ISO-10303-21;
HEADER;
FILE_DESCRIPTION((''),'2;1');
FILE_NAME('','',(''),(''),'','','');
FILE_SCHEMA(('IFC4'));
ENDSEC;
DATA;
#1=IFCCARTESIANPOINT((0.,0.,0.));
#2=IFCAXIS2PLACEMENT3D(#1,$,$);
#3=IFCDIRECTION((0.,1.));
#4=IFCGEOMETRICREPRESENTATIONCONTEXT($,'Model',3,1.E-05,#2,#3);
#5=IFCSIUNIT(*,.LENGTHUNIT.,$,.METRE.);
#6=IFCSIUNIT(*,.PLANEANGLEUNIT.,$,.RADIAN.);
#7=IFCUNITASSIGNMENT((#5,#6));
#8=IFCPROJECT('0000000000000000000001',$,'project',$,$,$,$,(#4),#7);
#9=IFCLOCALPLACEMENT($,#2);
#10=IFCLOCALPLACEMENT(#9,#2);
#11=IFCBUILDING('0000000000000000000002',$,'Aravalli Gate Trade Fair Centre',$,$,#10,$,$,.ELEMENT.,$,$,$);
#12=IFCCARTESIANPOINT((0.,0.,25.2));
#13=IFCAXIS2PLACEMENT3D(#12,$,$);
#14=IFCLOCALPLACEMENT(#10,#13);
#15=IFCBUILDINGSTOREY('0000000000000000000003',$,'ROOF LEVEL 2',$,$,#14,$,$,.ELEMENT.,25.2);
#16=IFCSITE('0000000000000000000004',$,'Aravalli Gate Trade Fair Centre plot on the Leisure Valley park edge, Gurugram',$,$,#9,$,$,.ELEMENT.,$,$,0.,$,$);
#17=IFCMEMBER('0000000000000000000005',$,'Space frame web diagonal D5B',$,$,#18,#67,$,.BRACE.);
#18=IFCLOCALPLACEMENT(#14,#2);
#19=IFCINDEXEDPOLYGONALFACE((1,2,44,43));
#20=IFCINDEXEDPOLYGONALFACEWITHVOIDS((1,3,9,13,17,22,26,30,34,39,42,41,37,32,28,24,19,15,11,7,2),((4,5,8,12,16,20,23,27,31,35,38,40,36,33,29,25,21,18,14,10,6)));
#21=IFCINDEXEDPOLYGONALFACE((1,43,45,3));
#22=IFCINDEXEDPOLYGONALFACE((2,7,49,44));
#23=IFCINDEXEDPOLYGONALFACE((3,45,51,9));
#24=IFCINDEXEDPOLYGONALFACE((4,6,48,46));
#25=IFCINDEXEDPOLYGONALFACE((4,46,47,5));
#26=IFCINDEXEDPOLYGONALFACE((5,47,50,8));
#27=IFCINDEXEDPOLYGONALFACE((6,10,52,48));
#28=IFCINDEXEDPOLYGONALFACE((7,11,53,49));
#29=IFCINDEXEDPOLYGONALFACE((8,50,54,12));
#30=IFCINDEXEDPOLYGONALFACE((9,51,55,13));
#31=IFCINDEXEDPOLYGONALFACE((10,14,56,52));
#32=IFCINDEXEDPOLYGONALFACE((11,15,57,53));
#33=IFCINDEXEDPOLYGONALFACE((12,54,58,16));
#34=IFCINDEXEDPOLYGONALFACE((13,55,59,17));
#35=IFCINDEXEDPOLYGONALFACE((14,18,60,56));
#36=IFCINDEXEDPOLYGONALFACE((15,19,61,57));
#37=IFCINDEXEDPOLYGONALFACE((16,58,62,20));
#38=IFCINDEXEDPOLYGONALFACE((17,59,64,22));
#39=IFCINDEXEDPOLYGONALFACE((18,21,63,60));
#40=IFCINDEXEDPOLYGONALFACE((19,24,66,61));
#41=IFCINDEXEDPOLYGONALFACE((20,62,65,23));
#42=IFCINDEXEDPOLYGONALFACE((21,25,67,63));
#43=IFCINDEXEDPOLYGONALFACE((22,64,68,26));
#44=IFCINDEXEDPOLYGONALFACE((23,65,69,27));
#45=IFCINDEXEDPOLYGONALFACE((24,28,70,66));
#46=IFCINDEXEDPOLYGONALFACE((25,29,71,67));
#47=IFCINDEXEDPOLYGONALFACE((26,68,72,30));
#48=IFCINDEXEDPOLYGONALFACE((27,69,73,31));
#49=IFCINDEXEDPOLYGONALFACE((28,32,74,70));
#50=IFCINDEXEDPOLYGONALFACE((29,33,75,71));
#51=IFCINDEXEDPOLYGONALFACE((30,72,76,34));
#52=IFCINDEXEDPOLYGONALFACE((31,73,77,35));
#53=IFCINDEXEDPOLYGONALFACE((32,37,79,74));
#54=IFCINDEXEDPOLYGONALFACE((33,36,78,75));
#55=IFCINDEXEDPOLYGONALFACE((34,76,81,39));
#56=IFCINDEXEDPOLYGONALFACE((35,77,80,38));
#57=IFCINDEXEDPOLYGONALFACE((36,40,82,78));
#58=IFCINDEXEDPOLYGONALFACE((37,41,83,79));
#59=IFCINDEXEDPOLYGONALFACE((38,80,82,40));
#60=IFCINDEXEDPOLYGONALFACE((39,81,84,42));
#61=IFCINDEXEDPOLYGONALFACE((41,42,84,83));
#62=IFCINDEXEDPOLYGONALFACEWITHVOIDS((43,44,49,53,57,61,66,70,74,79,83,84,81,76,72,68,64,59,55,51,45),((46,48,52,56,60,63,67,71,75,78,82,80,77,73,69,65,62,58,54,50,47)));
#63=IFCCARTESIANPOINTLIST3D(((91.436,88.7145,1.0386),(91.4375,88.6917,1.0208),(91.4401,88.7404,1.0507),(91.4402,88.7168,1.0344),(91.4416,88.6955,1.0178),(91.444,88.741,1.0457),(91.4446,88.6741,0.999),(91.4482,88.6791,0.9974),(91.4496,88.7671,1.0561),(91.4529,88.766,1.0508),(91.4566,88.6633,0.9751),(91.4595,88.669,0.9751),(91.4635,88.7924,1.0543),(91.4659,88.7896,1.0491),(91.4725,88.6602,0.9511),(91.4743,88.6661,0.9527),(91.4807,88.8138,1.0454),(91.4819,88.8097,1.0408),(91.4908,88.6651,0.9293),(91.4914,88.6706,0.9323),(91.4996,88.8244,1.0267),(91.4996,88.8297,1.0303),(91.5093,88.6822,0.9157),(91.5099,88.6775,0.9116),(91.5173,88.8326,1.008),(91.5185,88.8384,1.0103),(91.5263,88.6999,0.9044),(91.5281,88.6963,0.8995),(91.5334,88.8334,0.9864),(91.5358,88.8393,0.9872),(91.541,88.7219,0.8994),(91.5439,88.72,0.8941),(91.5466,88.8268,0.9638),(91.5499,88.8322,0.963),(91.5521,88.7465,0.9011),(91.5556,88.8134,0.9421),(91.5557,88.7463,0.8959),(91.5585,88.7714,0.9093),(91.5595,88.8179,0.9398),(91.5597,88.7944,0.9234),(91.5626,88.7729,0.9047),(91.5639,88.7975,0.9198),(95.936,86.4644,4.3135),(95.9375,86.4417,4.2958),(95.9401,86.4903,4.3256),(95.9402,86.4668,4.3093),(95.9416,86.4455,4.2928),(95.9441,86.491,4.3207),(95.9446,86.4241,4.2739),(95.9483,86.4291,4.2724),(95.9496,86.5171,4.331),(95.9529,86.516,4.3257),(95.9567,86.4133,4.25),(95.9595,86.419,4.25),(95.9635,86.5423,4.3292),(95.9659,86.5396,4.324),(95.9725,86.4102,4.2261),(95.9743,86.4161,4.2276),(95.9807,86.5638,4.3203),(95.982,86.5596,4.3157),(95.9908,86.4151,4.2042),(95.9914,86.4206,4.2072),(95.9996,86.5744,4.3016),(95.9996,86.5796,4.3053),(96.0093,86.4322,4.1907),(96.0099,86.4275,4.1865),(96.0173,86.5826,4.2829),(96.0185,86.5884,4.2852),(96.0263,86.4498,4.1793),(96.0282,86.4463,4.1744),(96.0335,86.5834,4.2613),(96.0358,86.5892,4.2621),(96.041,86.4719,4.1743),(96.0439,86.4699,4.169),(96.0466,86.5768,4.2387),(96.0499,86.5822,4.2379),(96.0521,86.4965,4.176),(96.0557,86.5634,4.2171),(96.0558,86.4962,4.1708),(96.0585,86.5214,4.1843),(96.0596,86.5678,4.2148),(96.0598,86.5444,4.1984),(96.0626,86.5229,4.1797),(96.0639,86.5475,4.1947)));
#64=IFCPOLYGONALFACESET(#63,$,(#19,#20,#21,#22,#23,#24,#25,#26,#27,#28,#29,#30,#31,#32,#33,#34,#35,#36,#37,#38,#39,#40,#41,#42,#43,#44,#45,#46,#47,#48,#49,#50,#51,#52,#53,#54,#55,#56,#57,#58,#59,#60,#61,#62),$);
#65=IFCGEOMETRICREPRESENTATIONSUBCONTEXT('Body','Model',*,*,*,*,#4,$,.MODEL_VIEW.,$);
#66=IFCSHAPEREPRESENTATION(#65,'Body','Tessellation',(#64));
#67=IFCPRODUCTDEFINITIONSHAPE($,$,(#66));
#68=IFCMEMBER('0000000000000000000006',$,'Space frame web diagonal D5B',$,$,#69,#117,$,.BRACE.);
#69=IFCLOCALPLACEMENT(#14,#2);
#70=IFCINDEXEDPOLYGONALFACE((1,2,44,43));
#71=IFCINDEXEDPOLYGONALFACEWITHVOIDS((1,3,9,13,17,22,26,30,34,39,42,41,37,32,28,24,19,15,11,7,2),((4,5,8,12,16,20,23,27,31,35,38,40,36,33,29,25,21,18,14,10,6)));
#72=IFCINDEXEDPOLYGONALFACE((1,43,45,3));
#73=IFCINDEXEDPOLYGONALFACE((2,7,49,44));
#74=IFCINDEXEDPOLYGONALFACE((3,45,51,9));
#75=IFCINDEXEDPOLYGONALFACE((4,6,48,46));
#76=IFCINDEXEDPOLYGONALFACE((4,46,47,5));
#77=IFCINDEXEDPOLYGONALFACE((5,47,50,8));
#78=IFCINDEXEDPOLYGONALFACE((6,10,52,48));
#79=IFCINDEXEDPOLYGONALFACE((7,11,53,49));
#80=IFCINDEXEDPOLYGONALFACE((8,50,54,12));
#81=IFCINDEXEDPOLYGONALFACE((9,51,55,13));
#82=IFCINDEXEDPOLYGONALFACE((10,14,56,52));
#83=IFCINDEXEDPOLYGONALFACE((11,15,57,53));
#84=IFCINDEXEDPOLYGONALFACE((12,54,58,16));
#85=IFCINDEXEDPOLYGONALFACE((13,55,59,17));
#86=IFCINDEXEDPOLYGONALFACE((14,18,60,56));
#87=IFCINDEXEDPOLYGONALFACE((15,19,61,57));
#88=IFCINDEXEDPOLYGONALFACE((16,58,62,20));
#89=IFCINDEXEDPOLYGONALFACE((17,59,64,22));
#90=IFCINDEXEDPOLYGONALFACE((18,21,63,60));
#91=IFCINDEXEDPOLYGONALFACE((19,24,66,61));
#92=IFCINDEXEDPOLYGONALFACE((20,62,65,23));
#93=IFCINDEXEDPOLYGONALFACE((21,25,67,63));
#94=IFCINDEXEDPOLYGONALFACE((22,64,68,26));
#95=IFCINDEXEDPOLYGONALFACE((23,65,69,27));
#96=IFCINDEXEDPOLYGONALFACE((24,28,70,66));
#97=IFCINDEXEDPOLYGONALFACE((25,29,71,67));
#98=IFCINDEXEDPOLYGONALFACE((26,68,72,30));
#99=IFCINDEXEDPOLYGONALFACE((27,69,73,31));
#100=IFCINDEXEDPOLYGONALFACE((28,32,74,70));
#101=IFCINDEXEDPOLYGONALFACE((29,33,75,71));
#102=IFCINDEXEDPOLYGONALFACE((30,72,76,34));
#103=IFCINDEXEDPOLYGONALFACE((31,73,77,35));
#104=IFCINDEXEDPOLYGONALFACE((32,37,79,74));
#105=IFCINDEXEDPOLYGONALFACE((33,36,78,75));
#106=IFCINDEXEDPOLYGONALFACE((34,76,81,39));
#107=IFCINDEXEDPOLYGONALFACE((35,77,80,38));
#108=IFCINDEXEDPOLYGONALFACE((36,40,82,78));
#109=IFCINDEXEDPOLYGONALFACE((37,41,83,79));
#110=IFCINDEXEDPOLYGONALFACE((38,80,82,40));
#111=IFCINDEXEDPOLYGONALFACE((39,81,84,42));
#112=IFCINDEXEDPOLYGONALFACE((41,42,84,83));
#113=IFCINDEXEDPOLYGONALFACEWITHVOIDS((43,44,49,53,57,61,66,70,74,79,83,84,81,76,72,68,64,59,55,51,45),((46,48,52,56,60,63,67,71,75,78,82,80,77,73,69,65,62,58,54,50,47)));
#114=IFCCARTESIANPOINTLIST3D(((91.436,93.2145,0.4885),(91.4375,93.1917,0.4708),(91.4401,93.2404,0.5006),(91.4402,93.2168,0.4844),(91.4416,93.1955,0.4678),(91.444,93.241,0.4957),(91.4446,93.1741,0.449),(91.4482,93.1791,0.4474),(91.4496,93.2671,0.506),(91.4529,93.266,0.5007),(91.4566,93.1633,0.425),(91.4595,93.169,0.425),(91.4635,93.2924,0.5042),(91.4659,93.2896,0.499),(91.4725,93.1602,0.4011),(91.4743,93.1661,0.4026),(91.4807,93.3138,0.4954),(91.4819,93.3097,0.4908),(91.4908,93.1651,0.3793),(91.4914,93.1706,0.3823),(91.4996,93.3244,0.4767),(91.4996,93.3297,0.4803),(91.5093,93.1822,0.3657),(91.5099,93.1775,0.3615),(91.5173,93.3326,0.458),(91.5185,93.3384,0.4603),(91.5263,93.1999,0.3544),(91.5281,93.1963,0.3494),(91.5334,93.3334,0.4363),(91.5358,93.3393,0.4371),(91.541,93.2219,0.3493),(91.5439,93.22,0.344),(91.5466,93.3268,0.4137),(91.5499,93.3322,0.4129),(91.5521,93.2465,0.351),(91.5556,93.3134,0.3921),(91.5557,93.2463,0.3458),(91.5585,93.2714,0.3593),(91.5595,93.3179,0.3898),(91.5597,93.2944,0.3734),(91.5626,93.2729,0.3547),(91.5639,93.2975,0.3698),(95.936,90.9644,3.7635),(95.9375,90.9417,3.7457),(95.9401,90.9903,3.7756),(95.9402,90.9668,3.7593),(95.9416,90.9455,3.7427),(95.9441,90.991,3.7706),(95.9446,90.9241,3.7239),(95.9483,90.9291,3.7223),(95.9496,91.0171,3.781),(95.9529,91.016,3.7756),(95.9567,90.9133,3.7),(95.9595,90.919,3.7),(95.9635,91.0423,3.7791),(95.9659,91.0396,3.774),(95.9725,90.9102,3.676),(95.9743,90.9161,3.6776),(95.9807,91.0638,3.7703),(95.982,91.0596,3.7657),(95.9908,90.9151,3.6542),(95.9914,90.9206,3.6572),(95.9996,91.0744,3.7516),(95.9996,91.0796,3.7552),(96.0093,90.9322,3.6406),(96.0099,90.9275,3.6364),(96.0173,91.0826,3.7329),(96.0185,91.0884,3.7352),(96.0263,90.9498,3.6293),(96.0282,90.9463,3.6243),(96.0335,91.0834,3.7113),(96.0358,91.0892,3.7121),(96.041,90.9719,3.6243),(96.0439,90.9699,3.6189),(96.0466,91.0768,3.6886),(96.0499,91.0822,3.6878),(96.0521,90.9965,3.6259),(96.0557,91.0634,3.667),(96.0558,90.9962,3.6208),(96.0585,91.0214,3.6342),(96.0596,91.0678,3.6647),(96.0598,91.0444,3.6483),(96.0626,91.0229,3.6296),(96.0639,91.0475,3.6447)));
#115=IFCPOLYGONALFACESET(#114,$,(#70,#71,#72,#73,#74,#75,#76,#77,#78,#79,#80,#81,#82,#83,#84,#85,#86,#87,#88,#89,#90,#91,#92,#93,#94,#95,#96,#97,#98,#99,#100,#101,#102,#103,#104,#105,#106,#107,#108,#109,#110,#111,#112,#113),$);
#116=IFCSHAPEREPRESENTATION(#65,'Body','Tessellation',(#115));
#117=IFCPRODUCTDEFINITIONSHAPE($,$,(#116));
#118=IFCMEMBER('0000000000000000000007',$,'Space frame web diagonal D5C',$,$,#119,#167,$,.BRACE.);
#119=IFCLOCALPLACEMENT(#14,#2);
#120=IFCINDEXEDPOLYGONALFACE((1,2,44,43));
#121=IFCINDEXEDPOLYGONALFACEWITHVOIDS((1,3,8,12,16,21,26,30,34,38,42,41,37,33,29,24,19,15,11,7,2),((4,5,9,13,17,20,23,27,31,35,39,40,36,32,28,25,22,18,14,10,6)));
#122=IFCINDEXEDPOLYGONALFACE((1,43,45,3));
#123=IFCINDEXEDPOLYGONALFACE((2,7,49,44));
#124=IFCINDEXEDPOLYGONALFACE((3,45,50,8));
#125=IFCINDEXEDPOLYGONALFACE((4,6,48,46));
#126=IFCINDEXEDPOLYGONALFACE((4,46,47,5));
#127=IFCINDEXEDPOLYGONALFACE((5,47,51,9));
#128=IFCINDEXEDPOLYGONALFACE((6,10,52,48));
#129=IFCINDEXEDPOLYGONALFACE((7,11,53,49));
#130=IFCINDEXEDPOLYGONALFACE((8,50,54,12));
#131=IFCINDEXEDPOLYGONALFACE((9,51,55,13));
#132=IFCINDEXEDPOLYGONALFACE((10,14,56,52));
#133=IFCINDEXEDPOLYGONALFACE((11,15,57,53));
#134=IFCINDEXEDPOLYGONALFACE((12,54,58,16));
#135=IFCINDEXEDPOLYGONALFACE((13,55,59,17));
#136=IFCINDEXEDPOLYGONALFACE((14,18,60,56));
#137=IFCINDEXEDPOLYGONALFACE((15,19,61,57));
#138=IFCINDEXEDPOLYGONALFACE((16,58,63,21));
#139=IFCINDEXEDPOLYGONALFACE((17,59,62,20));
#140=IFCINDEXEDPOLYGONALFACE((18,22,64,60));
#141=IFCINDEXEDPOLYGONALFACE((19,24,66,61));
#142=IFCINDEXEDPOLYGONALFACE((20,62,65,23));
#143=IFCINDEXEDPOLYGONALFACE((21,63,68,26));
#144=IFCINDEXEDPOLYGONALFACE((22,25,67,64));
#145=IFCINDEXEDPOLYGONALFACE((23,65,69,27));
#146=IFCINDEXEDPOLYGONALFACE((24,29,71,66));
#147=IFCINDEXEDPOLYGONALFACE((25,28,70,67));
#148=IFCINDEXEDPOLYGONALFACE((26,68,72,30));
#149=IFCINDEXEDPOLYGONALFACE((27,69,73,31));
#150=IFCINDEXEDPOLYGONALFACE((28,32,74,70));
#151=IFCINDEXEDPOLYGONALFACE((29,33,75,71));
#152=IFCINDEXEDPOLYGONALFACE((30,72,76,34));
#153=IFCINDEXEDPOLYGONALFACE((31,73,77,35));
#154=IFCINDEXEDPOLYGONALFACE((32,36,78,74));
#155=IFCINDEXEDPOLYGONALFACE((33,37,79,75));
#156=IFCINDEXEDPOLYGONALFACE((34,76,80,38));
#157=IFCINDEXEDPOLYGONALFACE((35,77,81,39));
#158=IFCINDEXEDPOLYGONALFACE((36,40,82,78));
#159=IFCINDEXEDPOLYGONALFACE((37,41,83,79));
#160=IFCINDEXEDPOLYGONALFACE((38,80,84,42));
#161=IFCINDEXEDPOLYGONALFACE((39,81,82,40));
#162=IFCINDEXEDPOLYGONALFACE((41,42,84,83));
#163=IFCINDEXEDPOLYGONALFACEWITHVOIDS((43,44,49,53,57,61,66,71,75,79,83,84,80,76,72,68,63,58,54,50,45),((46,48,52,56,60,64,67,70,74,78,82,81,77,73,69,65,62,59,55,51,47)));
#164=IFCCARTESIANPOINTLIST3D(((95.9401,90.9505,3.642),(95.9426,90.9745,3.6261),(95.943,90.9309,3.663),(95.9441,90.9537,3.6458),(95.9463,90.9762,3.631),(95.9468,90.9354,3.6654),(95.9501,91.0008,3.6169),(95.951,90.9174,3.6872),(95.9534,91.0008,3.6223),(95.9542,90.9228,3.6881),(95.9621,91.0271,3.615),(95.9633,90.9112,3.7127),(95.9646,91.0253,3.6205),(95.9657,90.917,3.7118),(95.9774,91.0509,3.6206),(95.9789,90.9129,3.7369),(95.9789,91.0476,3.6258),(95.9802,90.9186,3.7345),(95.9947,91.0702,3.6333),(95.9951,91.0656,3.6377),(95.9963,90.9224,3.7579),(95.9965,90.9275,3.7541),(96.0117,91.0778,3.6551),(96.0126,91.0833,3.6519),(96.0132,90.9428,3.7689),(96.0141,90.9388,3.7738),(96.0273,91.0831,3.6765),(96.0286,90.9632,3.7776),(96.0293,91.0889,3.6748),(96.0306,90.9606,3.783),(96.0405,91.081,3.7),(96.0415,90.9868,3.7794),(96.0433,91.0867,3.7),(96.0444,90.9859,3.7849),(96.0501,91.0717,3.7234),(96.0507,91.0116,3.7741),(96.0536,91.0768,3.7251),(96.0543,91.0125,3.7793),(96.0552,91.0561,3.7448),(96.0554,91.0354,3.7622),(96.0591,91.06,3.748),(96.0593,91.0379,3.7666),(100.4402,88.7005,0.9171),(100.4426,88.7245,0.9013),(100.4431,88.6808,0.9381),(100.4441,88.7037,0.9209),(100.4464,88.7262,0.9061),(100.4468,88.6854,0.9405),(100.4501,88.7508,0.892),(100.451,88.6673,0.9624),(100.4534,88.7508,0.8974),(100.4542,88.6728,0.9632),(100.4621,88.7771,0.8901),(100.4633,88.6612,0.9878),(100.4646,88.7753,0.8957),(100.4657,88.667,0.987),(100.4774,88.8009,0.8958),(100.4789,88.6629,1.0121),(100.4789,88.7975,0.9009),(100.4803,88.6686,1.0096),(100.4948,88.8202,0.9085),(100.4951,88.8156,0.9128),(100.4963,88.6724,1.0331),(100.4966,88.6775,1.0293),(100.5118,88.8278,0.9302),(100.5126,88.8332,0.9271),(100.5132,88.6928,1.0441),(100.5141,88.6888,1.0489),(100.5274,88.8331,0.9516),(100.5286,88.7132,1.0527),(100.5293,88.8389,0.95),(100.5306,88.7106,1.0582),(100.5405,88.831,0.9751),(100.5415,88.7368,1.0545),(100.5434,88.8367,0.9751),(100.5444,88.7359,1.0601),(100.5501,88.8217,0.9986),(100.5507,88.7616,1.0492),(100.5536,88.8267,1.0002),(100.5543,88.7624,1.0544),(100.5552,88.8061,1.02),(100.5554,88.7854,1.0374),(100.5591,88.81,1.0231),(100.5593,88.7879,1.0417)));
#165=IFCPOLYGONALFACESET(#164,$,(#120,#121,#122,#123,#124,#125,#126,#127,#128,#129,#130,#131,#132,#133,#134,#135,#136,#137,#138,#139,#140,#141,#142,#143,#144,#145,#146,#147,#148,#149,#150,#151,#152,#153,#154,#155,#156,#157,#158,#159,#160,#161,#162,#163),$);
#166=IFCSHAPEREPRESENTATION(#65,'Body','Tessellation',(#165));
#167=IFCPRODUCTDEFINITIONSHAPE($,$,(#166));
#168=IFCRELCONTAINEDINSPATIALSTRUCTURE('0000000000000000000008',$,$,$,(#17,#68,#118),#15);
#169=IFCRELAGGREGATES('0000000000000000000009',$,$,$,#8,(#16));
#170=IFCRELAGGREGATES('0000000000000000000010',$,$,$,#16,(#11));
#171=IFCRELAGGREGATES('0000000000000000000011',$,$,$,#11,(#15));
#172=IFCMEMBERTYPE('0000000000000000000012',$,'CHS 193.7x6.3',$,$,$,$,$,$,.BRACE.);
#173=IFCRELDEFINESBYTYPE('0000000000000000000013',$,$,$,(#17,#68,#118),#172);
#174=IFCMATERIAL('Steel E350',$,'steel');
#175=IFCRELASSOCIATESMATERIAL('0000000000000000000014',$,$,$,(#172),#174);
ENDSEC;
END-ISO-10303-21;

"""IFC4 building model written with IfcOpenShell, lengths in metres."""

from ifc_helpers import new_model, si_unit, direction, frame, origin, origin_2d, place, context, subcontext, project, spatial, hollow_circle, extrude, material, material_profile, profile_set, type_object, element, save


model = new_model("IFC4")

# Units and contexts
model_context = context("Model", 3, precision=1e-05, world=origin(), true_north=direction((0.0, 1.0)))
body_context = subcontext(model_context, "Body", "Model", "MODEL_VIEW")
ifc_project = project(units=[si_unit("LENGTHUNIT", "METRE"), si_unit("PLANEANGLEUNIT", "RADIAN")], contexts=[model_context])

# Site, building, storey
site_placement = place(None, origin())
site = spatial("IfcSite", under=ifc_project, at=site_placement, Name="Aravalli Gate Trade Fair Centre plot on the Leisure Valley park edge, Gurugram", CompositionType="ELEMENT", RefElevation=0.0)
building_placement = place(site_placement, origin())
building = spatial("IfcBuilding", under=site, at=building_placement, Name="Aravalli Gate Trade Fair Centre", CompositionType="ELEMENT")
storey_placement = place(building_placement, frame((0.0, 0.0, 25.2)))
storey = spatial("IfcBuildingStorey", under=building, at=storey_placement, Name="ROOF LEVEL 2", CompositionType="ELEMENT", Elevation=25.2)

# Members
ifc_material_1 = material(Name="Steel E350", Category="steel")
ifc_material_profile_1 = material_profile(ifc_material_1, hollow_circle(Radius=0.0969, WallThickness=0.0063, at=origin_2d()), Name="CHS 193.7x6.3")
ifc_profile_set_1 = profile_set([ifc_material_profile_1], Name="Steel E350")
member_type_1 = type_object("IfcMemberType", Name="CHS 193.7x6.3", PredefinedType="BRACE", material=ifc_profile_set_1)
for number, where, z_axis, x_axis, name in (
    (1, (96.0, 86.5, 4.25), (-0.74961, 0.374805, -0.545533), (-0.447214, -0.894427, 0.0), "Space frame web diagonal D5B"),
    (2, (96.0, 91.0, 3.7), (-0.74961, 0.374805, -0.545533), (-0.447214, -0.894427, 0.0), "Space frame web diagonal D5B"),
):
    element("IfcMember", number, at=place(storey_placement, frame(where, z_axis=z_axis, x_axis=x_axis)), inside=storey, type_object=member_type_1, Name=name, PredefinedType="BRACE", context=body_context, shape_type="SweptSolid", body=[
        extrude(hollow_circle(Radius=0.0969, WallThickness=0.0063, at=origin_2d()), origin(), (0.0, 0.0, 1.0), 6.0032),
    ])
for number, where, z_axis, x_axis, name in (
    (3, (96.0, 91.0, 3.7), (0.786486, -0.393243, -0.476235), (0.447214, 0.894427, 0.0), "Space frame web diagonal D5C"),
):
    element("IfcMember", number, at=place(storey_placement, frame(where, z_axis=z_axis, x_axis=x_axis)), inside=storey, type_object=member_type_1, Name=name, PredefinedType="BRACE", context=body_context, shape_type="SweptSolid", body=[
        extrude(hollow_circle(Radius=0.0969, WallThickness=0.0063, at=origin_2d()), origin(), (0.0, 0.0, 1.0), 5.7217),
    ])

save(model, "model.ifc")
